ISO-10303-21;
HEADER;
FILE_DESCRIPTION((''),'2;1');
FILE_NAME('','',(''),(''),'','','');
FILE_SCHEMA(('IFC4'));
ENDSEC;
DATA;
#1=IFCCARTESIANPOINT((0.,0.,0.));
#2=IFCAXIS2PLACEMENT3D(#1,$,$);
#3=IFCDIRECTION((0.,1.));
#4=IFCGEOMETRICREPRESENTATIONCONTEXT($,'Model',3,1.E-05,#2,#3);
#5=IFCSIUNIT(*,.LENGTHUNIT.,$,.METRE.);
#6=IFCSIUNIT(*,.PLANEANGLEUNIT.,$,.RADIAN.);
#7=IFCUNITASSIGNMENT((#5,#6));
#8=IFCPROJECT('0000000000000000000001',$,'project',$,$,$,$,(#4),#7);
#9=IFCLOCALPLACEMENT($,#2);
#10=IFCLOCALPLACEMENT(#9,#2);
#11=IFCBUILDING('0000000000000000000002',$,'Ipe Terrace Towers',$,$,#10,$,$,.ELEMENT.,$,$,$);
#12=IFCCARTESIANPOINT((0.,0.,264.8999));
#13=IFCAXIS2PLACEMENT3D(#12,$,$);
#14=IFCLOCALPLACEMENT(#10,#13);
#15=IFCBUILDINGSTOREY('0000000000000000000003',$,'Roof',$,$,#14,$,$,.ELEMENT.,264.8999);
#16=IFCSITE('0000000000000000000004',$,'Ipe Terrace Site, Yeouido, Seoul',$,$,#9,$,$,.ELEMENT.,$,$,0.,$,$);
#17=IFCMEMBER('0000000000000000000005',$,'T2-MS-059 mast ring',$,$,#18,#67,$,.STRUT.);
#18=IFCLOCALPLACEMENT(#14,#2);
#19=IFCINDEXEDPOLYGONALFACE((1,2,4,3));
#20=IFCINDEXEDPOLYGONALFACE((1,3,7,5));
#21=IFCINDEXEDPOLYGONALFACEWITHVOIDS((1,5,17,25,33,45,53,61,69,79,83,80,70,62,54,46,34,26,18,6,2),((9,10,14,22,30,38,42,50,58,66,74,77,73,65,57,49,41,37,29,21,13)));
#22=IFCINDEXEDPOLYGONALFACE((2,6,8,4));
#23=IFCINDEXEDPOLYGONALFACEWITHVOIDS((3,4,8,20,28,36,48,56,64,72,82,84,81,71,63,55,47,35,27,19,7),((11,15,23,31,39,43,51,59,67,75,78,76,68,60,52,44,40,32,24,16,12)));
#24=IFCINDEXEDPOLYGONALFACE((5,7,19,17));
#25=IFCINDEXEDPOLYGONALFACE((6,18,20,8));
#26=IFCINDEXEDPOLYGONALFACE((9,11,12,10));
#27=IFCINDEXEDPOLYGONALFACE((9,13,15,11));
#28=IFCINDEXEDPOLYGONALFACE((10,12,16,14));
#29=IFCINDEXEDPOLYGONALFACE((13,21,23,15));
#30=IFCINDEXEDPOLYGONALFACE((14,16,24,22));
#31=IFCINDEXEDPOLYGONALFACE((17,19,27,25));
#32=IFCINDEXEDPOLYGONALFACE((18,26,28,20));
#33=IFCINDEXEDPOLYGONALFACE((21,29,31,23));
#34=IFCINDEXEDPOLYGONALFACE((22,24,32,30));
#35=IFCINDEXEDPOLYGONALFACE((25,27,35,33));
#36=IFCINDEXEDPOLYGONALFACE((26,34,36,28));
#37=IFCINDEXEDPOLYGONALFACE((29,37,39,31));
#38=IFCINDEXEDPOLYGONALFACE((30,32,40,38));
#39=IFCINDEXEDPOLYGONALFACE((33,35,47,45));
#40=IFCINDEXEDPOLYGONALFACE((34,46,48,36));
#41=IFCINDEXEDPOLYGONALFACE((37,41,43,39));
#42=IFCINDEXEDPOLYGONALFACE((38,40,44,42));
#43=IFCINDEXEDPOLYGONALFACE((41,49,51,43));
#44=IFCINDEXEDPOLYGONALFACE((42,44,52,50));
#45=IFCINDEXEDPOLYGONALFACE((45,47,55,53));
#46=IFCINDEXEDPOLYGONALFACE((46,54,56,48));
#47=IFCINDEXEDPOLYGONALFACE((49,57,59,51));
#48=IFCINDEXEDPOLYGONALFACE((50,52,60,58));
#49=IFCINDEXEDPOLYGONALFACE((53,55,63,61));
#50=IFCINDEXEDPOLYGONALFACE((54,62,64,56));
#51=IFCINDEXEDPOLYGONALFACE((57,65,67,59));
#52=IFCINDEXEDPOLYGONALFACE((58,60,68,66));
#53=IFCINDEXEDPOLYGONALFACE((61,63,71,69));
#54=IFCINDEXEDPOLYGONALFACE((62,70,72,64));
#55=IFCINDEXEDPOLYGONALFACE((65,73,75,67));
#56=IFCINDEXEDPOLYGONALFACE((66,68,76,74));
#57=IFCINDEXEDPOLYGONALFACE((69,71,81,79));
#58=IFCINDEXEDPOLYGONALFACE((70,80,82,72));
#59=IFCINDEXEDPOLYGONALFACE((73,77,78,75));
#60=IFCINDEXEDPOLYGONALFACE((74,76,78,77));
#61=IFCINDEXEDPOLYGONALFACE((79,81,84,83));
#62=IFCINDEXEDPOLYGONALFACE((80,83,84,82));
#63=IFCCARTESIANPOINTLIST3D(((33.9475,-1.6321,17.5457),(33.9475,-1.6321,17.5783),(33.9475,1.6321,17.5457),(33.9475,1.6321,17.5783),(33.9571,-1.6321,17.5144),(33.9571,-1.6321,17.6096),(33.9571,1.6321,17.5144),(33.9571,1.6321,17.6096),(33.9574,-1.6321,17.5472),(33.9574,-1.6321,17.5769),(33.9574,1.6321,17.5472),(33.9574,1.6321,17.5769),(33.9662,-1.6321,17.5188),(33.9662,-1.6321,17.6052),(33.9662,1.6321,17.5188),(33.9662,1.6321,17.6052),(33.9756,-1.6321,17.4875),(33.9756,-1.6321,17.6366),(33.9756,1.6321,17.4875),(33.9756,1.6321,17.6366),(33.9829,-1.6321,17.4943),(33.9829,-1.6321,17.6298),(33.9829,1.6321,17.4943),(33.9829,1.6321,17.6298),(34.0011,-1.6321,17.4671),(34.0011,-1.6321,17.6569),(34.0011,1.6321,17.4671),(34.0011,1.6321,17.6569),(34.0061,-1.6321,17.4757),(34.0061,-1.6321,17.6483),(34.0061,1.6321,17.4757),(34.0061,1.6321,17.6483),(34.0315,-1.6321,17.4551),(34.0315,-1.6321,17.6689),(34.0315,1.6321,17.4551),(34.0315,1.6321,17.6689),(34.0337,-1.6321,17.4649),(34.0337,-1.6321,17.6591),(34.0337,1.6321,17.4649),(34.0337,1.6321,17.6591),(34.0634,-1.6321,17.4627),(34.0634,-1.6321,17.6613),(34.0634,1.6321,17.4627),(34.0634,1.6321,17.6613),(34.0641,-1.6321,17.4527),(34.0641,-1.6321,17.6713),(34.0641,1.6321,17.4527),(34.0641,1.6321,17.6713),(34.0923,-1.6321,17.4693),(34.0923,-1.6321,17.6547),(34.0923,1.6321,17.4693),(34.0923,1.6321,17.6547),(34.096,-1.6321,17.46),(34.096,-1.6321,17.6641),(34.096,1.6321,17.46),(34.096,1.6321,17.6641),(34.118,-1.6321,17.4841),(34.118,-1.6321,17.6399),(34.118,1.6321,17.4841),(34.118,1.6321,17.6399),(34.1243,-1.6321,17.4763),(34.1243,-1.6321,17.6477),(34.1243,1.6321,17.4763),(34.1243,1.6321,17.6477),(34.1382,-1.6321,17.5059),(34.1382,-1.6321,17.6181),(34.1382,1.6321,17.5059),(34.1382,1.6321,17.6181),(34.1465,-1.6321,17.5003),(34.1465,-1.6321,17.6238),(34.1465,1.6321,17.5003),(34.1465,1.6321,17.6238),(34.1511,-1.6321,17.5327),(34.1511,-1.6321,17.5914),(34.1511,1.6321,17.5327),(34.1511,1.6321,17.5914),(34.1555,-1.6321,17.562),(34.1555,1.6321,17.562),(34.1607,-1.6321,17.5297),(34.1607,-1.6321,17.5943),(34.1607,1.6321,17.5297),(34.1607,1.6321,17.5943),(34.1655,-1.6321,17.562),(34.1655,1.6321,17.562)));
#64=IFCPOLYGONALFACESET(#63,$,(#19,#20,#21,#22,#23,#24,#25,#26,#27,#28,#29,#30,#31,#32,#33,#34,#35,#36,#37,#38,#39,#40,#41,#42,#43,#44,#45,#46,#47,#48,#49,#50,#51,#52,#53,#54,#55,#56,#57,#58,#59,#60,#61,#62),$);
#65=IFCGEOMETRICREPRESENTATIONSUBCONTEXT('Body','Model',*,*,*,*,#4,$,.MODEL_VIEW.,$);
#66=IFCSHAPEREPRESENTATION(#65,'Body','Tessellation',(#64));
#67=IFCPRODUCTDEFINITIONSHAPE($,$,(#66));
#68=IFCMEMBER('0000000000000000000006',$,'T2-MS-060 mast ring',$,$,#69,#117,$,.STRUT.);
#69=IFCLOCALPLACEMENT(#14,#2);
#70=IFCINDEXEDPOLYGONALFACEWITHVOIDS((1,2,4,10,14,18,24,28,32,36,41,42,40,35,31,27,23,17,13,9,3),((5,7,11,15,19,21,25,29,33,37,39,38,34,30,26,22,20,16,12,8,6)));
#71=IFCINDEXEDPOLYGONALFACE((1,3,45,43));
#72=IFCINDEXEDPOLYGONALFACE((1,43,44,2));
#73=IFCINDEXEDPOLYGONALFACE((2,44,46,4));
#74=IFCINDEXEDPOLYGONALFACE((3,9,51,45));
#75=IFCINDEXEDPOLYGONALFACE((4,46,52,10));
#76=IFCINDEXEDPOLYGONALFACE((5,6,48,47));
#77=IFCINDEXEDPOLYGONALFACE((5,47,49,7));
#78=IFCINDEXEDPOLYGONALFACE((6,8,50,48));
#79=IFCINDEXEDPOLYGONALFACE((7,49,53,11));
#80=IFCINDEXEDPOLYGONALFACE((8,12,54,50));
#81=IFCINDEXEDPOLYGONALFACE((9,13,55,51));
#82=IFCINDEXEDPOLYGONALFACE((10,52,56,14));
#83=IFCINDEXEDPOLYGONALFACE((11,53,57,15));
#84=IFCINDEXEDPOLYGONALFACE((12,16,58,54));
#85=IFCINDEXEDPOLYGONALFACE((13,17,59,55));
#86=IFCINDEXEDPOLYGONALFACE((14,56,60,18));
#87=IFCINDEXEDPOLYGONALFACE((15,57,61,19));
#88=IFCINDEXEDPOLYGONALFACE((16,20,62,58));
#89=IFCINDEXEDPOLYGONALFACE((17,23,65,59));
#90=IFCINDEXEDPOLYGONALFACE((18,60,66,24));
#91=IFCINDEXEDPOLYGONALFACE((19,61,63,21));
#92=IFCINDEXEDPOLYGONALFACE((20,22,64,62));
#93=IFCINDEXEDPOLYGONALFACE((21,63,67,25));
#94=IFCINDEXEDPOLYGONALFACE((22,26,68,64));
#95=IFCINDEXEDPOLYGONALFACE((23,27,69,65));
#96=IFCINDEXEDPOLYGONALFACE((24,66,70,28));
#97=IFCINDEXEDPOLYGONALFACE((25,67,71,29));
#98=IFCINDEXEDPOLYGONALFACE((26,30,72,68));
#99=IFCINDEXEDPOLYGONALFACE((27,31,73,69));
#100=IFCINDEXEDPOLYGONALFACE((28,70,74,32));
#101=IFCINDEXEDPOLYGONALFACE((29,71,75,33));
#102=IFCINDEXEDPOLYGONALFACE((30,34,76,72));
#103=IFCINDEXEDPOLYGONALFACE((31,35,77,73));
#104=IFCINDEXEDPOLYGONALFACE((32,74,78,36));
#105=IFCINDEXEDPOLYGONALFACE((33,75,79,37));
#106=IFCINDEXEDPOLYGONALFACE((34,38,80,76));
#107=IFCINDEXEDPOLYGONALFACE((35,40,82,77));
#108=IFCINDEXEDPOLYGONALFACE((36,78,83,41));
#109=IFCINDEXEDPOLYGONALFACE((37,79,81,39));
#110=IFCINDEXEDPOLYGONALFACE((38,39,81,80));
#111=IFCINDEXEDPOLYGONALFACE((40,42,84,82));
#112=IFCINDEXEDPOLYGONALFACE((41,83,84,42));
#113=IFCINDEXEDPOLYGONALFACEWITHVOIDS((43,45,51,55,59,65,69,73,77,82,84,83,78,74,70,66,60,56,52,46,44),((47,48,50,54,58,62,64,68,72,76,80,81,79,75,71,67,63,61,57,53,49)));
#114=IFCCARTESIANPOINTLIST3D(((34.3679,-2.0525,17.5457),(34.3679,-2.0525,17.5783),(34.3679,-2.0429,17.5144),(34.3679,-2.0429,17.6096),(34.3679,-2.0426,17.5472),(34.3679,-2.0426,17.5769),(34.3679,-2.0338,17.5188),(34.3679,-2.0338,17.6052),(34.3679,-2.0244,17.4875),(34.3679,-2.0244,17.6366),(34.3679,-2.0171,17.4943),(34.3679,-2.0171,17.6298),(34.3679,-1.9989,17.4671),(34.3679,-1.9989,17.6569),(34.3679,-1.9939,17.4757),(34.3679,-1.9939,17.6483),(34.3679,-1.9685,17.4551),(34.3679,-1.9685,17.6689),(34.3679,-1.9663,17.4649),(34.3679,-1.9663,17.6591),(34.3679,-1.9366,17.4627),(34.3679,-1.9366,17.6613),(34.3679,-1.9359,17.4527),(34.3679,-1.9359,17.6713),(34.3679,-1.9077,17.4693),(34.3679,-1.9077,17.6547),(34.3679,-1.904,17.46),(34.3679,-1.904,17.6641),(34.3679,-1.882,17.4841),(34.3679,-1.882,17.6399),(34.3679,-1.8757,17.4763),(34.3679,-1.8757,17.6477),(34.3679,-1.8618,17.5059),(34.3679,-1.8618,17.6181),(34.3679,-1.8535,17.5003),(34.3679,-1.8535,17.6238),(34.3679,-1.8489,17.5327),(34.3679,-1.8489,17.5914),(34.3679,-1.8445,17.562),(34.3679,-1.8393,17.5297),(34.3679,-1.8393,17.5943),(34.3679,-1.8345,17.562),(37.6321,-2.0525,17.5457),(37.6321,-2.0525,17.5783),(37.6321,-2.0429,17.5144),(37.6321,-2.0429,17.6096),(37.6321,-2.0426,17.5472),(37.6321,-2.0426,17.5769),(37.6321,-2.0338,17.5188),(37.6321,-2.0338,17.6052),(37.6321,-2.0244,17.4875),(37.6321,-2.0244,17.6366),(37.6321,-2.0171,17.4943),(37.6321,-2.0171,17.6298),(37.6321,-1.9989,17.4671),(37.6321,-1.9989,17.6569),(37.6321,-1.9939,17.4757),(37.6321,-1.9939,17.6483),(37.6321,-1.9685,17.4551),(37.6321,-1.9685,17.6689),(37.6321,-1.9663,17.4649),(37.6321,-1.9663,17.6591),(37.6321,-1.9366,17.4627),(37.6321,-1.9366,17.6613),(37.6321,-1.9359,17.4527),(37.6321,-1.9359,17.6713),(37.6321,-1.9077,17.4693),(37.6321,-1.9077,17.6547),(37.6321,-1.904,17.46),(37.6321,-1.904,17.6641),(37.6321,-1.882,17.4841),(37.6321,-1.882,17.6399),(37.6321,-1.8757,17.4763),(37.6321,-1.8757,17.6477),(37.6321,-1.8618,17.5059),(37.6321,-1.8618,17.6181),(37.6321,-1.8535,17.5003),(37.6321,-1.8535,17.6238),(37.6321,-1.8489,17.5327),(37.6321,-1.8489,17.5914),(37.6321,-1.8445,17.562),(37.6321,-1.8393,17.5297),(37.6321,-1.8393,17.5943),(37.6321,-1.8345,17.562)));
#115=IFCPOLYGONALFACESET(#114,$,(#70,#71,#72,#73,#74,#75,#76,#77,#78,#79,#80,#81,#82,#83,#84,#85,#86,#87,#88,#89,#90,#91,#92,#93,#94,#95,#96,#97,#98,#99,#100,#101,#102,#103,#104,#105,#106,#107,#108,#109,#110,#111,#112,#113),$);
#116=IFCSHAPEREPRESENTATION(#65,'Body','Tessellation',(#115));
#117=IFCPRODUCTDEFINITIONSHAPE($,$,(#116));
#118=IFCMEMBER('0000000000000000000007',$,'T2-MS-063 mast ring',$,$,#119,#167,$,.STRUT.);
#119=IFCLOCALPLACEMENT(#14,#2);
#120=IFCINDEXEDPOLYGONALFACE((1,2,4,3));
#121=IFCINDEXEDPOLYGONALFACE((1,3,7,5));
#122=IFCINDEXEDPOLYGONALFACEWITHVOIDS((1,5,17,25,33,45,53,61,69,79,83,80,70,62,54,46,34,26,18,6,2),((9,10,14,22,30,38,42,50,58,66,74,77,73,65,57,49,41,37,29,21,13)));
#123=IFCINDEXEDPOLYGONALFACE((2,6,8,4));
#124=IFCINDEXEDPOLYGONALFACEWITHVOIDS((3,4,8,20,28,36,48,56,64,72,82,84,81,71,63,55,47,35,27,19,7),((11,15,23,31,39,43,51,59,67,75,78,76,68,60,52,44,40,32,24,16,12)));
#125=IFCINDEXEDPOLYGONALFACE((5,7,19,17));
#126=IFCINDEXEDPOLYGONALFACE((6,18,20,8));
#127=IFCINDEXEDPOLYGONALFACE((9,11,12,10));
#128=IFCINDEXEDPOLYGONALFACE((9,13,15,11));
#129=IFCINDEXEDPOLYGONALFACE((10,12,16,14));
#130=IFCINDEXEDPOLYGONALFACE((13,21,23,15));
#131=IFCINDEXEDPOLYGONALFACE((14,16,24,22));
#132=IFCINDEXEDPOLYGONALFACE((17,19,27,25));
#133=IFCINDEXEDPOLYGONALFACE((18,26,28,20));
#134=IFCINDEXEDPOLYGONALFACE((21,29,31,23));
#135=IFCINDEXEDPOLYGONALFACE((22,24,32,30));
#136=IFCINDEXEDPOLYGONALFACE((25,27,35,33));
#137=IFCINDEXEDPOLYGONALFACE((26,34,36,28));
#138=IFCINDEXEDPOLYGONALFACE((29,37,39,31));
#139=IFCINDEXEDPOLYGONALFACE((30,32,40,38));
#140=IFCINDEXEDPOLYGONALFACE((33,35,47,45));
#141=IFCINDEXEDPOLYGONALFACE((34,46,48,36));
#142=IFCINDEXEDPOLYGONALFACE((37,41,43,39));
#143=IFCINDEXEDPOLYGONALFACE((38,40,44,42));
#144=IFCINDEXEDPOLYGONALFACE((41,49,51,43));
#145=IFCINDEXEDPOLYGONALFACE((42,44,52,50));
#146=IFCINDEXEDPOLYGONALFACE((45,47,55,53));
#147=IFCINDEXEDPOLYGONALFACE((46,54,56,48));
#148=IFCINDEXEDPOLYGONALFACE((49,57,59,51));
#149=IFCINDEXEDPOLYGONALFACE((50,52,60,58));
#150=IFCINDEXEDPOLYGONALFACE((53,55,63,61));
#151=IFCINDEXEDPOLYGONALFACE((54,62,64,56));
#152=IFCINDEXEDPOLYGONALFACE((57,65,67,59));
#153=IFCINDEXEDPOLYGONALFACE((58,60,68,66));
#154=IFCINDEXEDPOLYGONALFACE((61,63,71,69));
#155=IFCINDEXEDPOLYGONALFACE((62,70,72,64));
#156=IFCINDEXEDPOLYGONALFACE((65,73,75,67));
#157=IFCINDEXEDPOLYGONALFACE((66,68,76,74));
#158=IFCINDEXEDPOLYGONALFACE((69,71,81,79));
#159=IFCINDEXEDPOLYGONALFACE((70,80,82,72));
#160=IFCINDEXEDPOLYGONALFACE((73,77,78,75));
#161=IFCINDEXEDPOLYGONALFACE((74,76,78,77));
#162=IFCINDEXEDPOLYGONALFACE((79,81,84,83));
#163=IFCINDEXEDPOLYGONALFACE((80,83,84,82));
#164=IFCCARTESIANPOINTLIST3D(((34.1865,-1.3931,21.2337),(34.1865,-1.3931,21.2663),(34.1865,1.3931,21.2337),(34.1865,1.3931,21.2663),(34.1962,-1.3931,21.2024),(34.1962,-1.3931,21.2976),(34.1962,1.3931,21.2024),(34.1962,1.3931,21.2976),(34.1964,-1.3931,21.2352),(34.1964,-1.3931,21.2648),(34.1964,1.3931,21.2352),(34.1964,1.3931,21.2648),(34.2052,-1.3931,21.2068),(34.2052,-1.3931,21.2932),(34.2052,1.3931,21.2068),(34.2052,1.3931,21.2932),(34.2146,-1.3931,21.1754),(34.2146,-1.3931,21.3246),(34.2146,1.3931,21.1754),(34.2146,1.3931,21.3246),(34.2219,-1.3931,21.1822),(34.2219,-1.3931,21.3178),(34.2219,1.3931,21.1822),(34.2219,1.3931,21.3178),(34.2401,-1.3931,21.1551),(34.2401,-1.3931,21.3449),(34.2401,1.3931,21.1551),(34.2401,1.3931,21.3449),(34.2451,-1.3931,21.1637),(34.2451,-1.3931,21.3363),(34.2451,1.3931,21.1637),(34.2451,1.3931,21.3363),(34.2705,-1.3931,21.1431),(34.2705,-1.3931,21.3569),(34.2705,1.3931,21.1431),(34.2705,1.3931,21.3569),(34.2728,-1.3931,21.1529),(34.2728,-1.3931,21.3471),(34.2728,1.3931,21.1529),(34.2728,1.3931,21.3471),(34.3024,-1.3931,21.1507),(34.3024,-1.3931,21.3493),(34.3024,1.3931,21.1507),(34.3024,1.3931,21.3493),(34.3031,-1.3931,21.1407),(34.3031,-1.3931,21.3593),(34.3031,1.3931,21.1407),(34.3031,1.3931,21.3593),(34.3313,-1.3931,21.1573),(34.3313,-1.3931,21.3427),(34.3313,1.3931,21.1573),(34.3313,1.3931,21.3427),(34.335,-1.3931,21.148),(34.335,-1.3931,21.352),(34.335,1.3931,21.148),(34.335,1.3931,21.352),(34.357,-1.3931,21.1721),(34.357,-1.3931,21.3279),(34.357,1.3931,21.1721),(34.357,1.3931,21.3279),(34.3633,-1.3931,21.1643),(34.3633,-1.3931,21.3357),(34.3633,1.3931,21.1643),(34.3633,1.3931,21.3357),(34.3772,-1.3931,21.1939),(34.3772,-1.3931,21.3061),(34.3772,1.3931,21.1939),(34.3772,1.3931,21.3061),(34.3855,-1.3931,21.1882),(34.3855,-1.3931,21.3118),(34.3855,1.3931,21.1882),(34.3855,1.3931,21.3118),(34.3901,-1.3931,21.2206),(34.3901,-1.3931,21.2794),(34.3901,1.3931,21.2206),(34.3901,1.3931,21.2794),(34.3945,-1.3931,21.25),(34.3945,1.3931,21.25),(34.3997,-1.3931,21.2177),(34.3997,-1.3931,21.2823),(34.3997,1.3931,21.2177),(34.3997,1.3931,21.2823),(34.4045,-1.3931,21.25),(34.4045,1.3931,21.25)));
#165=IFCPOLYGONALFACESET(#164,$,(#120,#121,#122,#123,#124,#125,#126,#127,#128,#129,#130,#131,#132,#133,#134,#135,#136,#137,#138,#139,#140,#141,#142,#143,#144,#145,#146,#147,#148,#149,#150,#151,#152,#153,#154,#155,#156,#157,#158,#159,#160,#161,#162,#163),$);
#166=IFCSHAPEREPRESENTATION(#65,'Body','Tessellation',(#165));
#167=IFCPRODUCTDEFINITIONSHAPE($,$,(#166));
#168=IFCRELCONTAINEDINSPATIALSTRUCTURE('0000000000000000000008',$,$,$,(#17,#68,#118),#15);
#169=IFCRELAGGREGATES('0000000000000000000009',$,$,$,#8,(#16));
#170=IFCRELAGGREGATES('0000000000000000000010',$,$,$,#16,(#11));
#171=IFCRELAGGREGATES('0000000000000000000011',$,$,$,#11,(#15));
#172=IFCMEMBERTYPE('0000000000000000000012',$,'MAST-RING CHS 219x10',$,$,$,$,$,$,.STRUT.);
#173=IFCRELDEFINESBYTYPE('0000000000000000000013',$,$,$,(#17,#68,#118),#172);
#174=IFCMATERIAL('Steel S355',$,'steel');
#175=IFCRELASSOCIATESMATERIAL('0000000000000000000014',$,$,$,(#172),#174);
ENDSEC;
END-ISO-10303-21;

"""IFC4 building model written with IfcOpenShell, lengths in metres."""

from ifc_helpers import new_model, si_unit, direction, frame, origin, origin_2d, place, context, subcontext, project, spatial, hollow_circle, extrude, material, material_profile, profile_set, type_object, element, save


model = new_model("IFC4")

# Units and contexts
model_context = context("Model", 3, precision=1e-05, world=origin(), true_north=direction((0.0, 1.0)))
body_context = subcontext(model_context, "Body", "Model", "MODEL_VIEW")
ifc_project = project(units=[si_unit("LENGTHUNIT", "METRE"), si_unit("PLANEANGLEUNIT", "RADIAN")], contexts=[model_context])

# Site, building, storey
site_placement = place(None, origin())
site = spatial("IfcSite", under=ifc_project, at=site_placement, Name="Ipe Terrace Site, Yeouido, Seoul", CompositionType="ELEMENT", RefElevation=0.0)
building_placement = place(site_placement, origin())
building = spatial("IfcBuilding", under=site, at=building_placement, Name="Ipe Terrace Towers", CompositionType="ELEMENT")
storey_placement = place(building_placement, frame((0.0, 0.0, 264.8999)))
storey = spatial("IfcBuildingStorey", under=building, at=storey_placement, Name="Roof", CompositionType="ELEMENT", Elevation=264.8999)

# Members
ifc_material_1 = material(Name="Steel S355", Category="steel")
ifc_material_profile_1 = material_profile(ifc_material_1, hollow_circle(Radius=0.1096, WallThickness=0.01, at=origin_2d()), Name="MAST-RING CHS 219x10")
ifc_profile_set_1 = profile_set([ifc_material_profile_1], Name="Steel S355")
member_type_1 = type_object("IfcMemberType", Name="MAST-RING CHS 219x10", PredefinedType="STRUT", material=ifc_profile_set_1)
for number, where, z_axis, x_axis, name in (
    (1, (34.0559, 1.6321, 17.562), (0.0, -1.0, 0.0), (1.0, 0.0, 0.0), "T2-MS-059 mast ring"),
    (2, (34.3679, -1.9441, 17.562), (1.0, 0.0, 0.0), (0.0, 1.0, 0.0), "T2-MS-060 mast ring"),
):
    element("IfcMember", number, at=place(storey_placement, frame(where, z_axis=z_axis, x_axis=x_axis)), inside=storey, type_object=member_type_1, Name=name, PredefinedType="STRUT", context=body_context, shape_type="SweptSolid", body=[
        extrude(hollow_circle(Radius=0.1096, WallThickness=0.01, at=origin_2d()), origin(), (0.0, 0.0, 1.0), 3.2642),
    ])
for number, where, z_axis, x_axis, name in (
    (3, (34.2949, 1.3931, 21.25), (0.0, -1.0, 0.0), (1.0, 0.0, 0.0), "T2-MS-063 mast ring"),
):
    element("IfcMember", number, at=place(storey_placement, frame(where, z_axis=z_axis, x_axis=x_axis)), inside=storey, type_object=member_type_1, Name=name, PredefinedType="STRUT", context=body_context, shape_type="SweptSolid", body=[
        extrude(hollow_circle(Radius=0.1096, WallThickness=0.01, at=origin_2d()), origin(), (0.0, 0.0, 1.0), 2.7861),
    ])

save(model, "model.ifc")
